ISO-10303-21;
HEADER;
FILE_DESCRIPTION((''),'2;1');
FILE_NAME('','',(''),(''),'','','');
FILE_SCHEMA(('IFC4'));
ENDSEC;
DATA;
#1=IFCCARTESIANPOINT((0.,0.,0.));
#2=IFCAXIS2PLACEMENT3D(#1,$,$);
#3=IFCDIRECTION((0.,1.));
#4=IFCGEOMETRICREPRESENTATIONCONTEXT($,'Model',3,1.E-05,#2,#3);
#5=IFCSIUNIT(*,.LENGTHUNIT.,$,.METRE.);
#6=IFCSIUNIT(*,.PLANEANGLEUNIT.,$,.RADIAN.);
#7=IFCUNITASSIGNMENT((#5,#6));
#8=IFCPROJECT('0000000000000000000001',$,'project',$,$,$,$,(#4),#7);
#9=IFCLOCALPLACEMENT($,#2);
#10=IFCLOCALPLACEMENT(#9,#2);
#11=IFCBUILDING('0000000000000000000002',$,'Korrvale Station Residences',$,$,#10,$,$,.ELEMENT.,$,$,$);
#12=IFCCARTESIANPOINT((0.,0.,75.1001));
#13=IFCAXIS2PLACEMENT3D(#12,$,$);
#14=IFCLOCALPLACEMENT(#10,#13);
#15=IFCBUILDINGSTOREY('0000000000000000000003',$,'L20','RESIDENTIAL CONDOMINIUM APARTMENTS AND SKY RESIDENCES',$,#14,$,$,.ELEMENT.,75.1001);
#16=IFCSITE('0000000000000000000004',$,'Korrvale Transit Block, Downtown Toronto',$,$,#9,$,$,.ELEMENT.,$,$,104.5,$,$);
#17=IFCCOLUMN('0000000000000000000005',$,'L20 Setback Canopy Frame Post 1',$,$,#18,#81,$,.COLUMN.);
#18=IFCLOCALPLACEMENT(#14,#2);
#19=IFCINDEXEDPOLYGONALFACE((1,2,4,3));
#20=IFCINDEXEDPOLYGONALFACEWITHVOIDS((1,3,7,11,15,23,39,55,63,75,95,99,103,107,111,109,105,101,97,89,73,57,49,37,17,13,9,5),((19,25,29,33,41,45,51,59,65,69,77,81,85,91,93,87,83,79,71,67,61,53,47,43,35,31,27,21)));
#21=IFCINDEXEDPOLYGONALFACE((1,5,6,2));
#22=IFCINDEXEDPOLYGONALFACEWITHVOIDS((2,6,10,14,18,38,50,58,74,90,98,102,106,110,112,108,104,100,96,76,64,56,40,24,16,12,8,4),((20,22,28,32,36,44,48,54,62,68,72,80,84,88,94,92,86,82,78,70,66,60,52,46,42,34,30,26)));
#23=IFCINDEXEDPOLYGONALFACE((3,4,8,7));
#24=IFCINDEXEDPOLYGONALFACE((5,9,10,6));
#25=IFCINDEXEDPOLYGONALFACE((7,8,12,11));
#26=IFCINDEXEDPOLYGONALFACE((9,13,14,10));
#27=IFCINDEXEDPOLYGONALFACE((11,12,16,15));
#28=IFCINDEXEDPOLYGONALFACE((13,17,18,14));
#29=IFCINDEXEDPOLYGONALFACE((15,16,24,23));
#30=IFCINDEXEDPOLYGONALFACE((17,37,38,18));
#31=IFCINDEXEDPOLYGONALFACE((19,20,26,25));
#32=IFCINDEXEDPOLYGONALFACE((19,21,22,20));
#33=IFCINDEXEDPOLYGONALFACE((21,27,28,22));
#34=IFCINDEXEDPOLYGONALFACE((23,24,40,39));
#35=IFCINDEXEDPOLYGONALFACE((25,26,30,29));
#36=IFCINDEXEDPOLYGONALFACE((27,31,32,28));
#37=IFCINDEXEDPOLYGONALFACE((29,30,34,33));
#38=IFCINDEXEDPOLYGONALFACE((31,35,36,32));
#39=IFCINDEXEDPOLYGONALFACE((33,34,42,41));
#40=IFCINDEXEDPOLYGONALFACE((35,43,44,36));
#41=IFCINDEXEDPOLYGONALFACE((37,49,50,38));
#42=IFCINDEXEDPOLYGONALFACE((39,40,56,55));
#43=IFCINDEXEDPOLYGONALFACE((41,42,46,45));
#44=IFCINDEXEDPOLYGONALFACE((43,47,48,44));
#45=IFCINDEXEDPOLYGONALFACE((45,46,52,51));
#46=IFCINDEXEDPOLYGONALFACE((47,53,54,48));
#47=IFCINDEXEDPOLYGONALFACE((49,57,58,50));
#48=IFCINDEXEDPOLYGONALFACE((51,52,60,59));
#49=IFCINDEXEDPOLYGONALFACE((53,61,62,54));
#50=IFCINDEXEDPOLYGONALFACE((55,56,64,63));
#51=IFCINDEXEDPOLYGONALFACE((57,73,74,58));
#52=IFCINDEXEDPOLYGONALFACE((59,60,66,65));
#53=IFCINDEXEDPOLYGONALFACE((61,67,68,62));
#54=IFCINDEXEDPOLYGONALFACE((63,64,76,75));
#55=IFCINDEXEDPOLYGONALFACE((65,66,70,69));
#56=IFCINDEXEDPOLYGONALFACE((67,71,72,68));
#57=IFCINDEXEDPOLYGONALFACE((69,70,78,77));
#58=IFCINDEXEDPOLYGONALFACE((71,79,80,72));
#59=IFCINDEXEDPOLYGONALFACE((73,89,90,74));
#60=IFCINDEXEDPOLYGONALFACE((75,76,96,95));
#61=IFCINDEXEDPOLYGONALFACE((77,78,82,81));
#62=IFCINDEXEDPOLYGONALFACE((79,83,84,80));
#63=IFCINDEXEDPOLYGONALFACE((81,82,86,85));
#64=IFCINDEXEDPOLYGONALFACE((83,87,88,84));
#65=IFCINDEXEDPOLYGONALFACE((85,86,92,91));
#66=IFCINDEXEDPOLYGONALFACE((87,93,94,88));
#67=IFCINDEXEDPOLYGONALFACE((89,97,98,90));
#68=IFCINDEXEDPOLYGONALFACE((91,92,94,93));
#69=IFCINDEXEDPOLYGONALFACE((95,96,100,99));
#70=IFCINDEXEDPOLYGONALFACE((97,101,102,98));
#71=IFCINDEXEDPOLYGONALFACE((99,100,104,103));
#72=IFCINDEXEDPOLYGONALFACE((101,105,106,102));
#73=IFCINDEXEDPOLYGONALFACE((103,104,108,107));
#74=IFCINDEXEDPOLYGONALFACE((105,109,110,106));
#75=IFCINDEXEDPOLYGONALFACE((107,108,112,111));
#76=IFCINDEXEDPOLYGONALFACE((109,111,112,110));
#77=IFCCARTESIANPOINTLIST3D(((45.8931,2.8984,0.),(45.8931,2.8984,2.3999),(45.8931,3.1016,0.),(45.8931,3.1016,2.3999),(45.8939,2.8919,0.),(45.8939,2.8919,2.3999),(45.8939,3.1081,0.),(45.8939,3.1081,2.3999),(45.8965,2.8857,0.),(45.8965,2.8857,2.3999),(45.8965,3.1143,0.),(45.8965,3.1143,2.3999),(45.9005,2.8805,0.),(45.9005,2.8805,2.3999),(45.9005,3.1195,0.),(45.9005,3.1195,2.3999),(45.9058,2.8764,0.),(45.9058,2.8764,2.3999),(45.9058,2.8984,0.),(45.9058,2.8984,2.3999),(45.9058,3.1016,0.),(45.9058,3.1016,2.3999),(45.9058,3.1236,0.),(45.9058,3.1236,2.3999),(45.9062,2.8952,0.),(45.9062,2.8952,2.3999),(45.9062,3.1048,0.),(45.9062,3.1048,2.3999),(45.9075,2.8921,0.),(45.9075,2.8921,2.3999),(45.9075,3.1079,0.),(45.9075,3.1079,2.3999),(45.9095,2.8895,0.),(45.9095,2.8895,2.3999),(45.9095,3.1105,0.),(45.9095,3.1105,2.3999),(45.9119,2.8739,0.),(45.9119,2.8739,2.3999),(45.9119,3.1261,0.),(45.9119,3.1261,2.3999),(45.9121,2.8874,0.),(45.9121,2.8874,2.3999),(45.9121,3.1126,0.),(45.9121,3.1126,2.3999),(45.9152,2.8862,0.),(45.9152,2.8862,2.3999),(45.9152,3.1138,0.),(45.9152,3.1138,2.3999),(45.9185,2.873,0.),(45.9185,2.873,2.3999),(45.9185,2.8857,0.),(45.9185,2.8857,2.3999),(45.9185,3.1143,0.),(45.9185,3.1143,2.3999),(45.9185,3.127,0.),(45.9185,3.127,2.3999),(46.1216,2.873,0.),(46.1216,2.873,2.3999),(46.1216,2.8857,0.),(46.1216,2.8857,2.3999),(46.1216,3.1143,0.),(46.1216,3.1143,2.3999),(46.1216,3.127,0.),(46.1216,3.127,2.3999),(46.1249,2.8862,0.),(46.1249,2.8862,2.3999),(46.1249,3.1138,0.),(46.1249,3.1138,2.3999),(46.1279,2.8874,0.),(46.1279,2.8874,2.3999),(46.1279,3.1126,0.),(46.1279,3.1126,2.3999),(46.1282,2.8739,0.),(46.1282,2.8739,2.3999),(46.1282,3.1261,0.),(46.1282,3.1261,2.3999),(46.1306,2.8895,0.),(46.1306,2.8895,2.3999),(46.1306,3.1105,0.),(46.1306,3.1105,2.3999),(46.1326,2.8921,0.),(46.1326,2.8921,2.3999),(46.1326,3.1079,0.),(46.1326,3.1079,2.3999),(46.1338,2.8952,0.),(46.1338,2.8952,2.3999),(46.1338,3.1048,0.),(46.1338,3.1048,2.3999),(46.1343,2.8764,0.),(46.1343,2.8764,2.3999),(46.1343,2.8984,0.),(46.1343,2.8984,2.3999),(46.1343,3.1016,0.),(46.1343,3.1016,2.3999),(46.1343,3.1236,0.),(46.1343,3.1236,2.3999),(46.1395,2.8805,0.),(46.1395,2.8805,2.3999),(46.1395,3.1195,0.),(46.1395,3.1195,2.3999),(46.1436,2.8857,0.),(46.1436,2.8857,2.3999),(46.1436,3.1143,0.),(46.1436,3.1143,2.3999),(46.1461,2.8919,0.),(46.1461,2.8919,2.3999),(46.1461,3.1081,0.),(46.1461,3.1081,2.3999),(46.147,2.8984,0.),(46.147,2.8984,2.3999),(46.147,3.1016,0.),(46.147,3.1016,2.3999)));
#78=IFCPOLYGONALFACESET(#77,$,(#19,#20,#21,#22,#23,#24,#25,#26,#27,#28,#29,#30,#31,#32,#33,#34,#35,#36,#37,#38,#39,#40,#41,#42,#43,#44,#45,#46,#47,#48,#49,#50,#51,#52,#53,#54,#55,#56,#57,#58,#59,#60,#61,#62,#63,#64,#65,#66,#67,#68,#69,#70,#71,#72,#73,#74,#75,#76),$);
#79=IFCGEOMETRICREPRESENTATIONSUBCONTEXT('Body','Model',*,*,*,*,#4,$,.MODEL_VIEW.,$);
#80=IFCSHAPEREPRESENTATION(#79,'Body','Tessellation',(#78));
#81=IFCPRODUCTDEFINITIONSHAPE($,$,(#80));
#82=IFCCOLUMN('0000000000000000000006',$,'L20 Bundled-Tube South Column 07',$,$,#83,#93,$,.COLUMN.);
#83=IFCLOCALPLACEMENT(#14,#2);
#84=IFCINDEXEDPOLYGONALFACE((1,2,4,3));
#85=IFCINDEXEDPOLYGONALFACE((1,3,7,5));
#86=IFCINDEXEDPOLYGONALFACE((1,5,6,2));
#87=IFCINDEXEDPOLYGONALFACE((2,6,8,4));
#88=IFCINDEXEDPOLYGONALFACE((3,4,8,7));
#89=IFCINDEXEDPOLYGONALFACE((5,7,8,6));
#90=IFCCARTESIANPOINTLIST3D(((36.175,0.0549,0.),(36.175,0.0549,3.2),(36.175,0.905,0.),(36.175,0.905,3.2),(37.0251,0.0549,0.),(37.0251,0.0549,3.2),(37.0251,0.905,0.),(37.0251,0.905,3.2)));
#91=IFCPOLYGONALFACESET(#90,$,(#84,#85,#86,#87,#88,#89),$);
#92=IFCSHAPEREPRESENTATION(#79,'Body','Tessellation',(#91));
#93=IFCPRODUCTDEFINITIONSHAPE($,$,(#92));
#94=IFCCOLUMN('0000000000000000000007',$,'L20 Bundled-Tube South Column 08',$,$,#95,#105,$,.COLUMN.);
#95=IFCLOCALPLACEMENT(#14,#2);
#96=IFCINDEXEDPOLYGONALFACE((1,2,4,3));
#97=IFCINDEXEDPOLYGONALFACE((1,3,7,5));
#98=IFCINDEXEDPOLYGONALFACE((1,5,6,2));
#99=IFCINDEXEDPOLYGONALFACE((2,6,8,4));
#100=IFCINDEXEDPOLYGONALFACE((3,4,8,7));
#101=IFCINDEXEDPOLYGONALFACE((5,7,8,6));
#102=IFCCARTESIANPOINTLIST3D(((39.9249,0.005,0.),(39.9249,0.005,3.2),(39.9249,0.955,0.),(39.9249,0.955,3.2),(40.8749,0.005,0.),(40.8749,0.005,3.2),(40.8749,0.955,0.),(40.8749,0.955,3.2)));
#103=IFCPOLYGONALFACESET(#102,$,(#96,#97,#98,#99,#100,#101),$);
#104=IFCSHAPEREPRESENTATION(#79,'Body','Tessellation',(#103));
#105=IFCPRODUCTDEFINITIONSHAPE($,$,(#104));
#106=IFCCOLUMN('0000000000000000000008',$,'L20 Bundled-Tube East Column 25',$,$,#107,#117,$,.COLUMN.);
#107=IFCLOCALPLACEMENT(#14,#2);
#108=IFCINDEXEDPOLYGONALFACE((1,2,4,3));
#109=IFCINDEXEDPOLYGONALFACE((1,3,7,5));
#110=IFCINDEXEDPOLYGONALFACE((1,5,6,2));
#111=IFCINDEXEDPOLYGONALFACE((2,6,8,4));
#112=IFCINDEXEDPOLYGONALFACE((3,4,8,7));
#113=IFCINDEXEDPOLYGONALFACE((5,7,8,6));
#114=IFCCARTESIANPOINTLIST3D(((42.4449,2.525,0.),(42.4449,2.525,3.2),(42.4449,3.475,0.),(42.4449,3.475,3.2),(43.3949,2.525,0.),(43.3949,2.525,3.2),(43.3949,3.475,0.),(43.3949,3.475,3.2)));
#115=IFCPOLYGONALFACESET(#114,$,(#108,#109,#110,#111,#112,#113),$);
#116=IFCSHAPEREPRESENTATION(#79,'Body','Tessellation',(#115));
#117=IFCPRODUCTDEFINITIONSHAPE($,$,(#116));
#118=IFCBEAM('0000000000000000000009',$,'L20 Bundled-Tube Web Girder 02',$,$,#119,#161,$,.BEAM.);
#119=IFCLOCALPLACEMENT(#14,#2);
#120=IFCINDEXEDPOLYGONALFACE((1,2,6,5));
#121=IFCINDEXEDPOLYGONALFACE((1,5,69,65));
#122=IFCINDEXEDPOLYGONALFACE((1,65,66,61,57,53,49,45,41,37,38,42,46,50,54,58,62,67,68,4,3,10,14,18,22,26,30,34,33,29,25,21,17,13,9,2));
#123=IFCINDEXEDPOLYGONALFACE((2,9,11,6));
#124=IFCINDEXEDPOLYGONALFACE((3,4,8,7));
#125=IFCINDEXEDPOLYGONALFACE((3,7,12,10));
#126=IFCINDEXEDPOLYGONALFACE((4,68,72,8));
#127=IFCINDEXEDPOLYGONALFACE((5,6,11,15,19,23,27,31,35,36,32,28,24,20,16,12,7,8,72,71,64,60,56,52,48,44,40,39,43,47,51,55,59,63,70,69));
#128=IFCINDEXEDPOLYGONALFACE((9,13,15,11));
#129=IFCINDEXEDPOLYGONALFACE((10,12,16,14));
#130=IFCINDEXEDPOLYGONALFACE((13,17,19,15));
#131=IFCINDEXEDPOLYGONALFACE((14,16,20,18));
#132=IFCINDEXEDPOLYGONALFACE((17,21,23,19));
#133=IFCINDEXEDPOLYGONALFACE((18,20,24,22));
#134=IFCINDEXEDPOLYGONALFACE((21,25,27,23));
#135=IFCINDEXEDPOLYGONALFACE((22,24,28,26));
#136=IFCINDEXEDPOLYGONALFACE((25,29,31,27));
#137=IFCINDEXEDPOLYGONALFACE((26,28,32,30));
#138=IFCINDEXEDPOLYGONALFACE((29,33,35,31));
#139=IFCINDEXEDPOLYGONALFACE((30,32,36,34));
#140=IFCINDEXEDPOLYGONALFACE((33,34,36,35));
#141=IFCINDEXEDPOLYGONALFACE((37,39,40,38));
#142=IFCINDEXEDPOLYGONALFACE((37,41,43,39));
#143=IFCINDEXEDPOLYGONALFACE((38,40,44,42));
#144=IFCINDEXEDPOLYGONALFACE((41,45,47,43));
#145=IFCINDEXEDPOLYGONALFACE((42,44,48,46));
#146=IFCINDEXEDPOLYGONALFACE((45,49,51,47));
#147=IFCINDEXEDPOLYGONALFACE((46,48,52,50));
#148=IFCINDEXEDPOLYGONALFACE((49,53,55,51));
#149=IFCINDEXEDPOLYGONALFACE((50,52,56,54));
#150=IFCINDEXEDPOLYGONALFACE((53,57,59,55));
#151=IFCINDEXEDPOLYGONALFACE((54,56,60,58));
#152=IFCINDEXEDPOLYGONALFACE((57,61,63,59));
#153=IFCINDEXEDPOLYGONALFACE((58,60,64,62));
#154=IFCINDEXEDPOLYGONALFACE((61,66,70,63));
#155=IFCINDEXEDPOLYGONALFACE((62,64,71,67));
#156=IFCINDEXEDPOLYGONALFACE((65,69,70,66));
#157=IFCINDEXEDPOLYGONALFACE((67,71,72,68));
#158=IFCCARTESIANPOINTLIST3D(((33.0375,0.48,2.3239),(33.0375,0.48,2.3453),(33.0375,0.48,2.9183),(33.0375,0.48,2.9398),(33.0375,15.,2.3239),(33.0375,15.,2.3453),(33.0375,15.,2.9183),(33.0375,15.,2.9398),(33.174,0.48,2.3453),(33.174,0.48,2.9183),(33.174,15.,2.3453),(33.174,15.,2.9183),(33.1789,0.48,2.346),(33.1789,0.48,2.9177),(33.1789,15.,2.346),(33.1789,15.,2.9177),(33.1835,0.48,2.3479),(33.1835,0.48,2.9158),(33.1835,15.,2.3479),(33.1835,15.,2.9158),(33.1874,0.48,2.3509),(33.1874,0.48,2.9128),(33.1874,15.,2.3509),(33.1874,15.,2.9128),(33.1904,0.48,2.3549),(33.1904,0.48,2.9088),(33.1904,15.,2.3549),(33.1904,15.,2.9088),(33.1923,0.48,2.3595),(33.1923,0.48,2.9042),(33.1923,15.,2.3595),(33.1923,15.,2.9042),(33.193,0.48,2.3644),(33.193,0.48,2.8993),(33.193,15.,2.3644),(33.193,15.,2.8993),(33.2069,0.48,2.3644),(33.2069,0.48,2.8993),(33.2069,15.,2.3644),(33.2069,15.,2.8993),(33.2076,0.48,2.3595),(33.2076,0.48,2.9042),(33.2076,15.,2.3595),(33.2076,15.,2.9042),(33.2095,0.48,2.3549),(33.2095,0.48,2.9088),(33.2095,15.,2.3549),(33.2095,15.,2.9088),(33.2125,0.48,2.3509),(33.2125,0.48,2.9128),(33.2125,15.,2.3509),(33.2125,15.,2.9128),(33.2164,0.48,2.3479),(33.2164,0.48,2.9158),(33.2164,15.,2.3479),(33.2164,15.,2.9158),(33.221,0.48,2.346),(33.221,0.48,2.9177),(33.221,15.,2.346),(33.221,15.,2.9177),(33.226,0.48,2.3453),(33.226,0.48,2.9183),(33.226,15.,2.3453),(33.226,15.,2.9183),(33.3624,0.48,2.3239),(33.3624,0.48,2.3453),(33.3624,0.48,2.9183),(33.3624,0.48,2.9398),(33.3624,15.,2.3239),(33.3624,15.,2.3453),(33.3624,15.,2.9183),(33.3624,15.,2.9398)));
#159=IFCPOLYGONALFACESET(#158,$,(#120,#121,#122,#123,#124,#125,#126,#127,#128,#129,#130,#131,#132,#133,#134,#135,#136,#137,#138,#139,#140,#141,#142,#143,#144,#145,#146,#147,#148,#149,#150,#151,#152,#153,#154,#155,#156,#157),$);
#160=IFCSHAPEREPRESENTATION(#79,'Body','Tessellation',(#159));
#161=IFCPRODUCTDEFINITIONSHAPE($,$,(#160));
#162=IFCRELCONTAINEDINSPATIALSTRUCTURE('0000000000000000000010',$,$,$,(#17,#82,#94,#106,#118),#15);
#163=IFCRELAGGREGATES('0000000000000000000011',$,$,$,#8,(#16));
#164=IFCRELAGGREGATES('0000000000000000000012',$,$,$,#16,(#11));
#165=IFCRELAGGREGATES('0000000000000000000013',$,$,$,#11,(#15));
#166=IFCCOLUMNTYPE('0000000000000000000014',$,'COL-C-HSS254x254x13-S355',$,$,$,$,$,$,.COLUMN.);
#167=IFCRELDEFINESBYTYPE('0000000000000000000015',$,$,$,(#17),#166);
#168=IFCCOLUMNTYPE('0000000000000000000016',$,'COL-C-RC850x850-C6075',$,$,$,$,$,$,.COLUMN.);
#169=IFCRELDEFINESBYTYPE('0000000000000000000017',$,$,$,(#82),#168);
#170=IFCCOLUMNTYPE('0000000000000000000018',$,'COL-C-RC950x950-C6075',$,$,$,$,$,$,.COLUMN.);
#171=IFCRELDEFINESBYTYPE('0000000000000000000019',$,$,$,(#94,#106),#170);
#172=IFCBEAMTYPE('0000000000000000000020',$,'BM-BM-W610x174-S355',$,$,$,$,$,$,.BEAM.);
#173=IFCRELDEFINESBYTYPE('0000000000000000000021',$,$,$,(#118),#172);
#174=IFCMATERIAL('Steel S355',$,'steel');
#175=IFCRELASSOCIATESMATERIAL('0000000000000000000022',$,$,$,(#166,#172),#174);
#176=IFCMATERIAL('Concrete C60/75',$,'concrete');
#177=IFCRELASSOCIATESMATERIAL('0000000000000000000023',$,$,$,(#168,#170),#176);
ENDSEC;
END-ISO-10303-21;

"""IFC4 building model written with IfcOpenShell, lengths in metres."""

from ifc_helpers import new_model, si_unit, direction, frame, origin, origin_2d, place, context, subcontext, project, spatial, rectangle, hollow_rectangle, i_section, extrude, material, material_profile, profile_set, type_object, element, save


model = new_model("IFC4")

# Units and contexts
model_context = context("Model", 3, precision=1e-05, world=origin(), true_north=direction((0.0, 1.0)))
body_context = subcontext(model_context, "Body", "Model", "MODEL_VIEW")
ifc_project = project(units=[si_unit("LENGTHUNIT", "METRE"), si_unit("PLANEANGLEUNIT", "RADIAN")], contexts=[model_context])

# Site, building, storey
site_placement = place(None, origin())
site = spatial("IfcSite", under=ifc_project, at=site_placement, Name="Korrvale Transit Block, Downtown Toronto", CompositionType="ELEMENT", RefElevation=104.5)
building_placement = place(site_placement, origin())
building = spatial("IfcBuilding", under=site, at=building_placement, Name="Korrvale Station Residences", CompositionType="ELEMENT")
storey_placement = place(building_placement, frame((0.0, 0.0, 75.1001)))
storey = spatial("IfcBuildingStorey", under=building, at=storey_placement, Name="L20", Description="RESIDENTIAL CONDOMINIUM APARTMENTS AND SKY RESIDENCES", CompositionType="ELEMENT", Elevation=75.1001)

# Columns
ifc_material_1 = material(Name="Steel S355", Category="steel")
ifc_material_profile_1 = material_profile(ifc_material_1, hollow_rectangle(XDim=0.2539, YDim=0.2539, WallThickness=0.0127, InnerFilletRadius=0.0127, OuterFilletRadius=0.0254, at=origin_2d()), Name="HSS254x254x13")
ifc_profile_set_1 = profile_set([ifc_material_profile_1], Name="Steel S355")
column_type_1 = type_object("IfcColumnType", Name="COL-C-HSS254x254x13-S355", PredefinedType="COLUMN", material=ifc_profile_set_1)
column_1_placement = place(storey_placement, frame((46.02, 3.0, 0.0), z_axis=(0.0, 0.0, 1.0), x_axis=(1.0, 0.0, 0.0)))
element("IfcColumn", 1, at=column_1_placement, inside=storey, type_object=column_type_1, Name="L20 Setback Canopy Frame Post 1", PredefinedType="COLUMN", context=body_context, shape_type="SweptSolid", body=[
    extrude(hollow_rectangle(XDim=0.2539, YDim=0.2539, WallThickness=0.0127, InnerFilletRadius=0.0127, OuterFilletRadius=0.0254, at=origin_2d()), origin(), (0.0, 0.0, 1.0), 2.3999),
])
ifc_material_2 = material(Name="Concrete C60/75", Category="concrete")
ifc_material_profile_2 = material_profile(ifc_material_2, rectangle(XDim=0.8501, YDim=0.8501, at=origin_2d()), Name="RC850x850")
ifc_profile_set_2 = profile_set([ifc_material_profile_2], Name="Concrete C60/75")
column_type_2 = type_object("IfcColumnType", Name="COL-C-RC850x850-C6075", PredefinedType="COLUMN", material=ifc_profile_set_2)
column_2_placement = place(storey_placement, frame((36.6001, 0.48, 0.0), z_axis=(0.0, 0.0, 1.0), x_axis=(1.0, 0.0, 0.0)))
element("IfcColumn", 2, at=column_2_placement, inside=storey, type_object=column_type_2, Name="L20 Bundled-Tube South Column 07", PredefinedType="COLUMN", context=body_context, shape_type="SweptSolid", body=[
    extrude(rectangle(XDim=0.8501, YDim=0.8501, at=origin_2d()), origin(), (0.0, 0.0, 1.0), 3.2),
])
ifc_material_profile_3 = material_profile(ifc_material_2, rectangle(XDim=0.95, YDim=0.95, at=origin_2d()), Name="RC950x950")
ifc_profile_set_3 = profile_set([ifc_material_profile_3], Name="Concrete C60/75")
column_type_3 = type_object("IfcColumnType", Name="COL-C-RC950x950-C6075", PredefinedType="COLUMN", material=ifc_profile_set_3)
for number, where, z_axis, x_axis, name in (
    (3, (40.3999, 0.48, 0.0), (0.0, 0.0, 1.0), (1.0, 0.0, 0.0), "L20 Bundled-Tube South Column 08"),
    (4, (42.9199, 3.0, 0.0), (0.0, 0.0, 1.0), (1.0, 0.0, 0.0), "L20 Bundled-Tube East Column 25"),
):
    element("IfcColumn", number, at=place(storey_placement, frame(where, z_axis=z_axis, x_axis=x_axis)), inside=storey, type_object=column_type_3, Name=name, PredefinedType="COLUMN", context=body_context, shape_type="SweptSolid", body=[
        extrude(rectangle(XDim=0.95, YDim=0.95, at=origin_2d()), origin(), (0.0, 0.0, 1.0), 3.2),
    ])

# Beam
ifc_material_profile_4 = material_profile(ifc_material_1, i_section(OverallWidth=0.325, OverallDepth=0.616, WebThickness=0.0139, FlangeThickness=0.0215, FilletRadius=0.019, at=origin_2d()), Name="W610x174")
ifc_profile_set_4 = profile_set([ifc_material_profile_4], Name="Steel S355")
beam_type_1 = type_object("IfcBeamType", Name="BM-BM-W610x174-S355", PredefinedType="BEAM", material=ifc_profile_set_4)
beam_1_placement = place(storey_placement, frame((33.2, 0.48, 2.6318), z_axis=(0.0, 1.0, 0.0), x_axis=(-1.0, 0.0, 0.0)))
element("IfcBeam", 5, at=beam_1_placement, inside=storey, type_object=beam_type_1, Name="L20 Bundled-Tube Web Girder 02", PredefinedType="BEAM", context=body_context, shape_type="SweptSolid", body=[
    extrude(i_section(OverallWidth=0.325, OverallDepth=0.616, WebThickness=0.0139, FlangeThickness=0.0215, FilletRadius=0.019, at=origin_2d()), origin(), (0.0, 0.0, 1.0), 14.52),
])

save(model, "model.ifc")
